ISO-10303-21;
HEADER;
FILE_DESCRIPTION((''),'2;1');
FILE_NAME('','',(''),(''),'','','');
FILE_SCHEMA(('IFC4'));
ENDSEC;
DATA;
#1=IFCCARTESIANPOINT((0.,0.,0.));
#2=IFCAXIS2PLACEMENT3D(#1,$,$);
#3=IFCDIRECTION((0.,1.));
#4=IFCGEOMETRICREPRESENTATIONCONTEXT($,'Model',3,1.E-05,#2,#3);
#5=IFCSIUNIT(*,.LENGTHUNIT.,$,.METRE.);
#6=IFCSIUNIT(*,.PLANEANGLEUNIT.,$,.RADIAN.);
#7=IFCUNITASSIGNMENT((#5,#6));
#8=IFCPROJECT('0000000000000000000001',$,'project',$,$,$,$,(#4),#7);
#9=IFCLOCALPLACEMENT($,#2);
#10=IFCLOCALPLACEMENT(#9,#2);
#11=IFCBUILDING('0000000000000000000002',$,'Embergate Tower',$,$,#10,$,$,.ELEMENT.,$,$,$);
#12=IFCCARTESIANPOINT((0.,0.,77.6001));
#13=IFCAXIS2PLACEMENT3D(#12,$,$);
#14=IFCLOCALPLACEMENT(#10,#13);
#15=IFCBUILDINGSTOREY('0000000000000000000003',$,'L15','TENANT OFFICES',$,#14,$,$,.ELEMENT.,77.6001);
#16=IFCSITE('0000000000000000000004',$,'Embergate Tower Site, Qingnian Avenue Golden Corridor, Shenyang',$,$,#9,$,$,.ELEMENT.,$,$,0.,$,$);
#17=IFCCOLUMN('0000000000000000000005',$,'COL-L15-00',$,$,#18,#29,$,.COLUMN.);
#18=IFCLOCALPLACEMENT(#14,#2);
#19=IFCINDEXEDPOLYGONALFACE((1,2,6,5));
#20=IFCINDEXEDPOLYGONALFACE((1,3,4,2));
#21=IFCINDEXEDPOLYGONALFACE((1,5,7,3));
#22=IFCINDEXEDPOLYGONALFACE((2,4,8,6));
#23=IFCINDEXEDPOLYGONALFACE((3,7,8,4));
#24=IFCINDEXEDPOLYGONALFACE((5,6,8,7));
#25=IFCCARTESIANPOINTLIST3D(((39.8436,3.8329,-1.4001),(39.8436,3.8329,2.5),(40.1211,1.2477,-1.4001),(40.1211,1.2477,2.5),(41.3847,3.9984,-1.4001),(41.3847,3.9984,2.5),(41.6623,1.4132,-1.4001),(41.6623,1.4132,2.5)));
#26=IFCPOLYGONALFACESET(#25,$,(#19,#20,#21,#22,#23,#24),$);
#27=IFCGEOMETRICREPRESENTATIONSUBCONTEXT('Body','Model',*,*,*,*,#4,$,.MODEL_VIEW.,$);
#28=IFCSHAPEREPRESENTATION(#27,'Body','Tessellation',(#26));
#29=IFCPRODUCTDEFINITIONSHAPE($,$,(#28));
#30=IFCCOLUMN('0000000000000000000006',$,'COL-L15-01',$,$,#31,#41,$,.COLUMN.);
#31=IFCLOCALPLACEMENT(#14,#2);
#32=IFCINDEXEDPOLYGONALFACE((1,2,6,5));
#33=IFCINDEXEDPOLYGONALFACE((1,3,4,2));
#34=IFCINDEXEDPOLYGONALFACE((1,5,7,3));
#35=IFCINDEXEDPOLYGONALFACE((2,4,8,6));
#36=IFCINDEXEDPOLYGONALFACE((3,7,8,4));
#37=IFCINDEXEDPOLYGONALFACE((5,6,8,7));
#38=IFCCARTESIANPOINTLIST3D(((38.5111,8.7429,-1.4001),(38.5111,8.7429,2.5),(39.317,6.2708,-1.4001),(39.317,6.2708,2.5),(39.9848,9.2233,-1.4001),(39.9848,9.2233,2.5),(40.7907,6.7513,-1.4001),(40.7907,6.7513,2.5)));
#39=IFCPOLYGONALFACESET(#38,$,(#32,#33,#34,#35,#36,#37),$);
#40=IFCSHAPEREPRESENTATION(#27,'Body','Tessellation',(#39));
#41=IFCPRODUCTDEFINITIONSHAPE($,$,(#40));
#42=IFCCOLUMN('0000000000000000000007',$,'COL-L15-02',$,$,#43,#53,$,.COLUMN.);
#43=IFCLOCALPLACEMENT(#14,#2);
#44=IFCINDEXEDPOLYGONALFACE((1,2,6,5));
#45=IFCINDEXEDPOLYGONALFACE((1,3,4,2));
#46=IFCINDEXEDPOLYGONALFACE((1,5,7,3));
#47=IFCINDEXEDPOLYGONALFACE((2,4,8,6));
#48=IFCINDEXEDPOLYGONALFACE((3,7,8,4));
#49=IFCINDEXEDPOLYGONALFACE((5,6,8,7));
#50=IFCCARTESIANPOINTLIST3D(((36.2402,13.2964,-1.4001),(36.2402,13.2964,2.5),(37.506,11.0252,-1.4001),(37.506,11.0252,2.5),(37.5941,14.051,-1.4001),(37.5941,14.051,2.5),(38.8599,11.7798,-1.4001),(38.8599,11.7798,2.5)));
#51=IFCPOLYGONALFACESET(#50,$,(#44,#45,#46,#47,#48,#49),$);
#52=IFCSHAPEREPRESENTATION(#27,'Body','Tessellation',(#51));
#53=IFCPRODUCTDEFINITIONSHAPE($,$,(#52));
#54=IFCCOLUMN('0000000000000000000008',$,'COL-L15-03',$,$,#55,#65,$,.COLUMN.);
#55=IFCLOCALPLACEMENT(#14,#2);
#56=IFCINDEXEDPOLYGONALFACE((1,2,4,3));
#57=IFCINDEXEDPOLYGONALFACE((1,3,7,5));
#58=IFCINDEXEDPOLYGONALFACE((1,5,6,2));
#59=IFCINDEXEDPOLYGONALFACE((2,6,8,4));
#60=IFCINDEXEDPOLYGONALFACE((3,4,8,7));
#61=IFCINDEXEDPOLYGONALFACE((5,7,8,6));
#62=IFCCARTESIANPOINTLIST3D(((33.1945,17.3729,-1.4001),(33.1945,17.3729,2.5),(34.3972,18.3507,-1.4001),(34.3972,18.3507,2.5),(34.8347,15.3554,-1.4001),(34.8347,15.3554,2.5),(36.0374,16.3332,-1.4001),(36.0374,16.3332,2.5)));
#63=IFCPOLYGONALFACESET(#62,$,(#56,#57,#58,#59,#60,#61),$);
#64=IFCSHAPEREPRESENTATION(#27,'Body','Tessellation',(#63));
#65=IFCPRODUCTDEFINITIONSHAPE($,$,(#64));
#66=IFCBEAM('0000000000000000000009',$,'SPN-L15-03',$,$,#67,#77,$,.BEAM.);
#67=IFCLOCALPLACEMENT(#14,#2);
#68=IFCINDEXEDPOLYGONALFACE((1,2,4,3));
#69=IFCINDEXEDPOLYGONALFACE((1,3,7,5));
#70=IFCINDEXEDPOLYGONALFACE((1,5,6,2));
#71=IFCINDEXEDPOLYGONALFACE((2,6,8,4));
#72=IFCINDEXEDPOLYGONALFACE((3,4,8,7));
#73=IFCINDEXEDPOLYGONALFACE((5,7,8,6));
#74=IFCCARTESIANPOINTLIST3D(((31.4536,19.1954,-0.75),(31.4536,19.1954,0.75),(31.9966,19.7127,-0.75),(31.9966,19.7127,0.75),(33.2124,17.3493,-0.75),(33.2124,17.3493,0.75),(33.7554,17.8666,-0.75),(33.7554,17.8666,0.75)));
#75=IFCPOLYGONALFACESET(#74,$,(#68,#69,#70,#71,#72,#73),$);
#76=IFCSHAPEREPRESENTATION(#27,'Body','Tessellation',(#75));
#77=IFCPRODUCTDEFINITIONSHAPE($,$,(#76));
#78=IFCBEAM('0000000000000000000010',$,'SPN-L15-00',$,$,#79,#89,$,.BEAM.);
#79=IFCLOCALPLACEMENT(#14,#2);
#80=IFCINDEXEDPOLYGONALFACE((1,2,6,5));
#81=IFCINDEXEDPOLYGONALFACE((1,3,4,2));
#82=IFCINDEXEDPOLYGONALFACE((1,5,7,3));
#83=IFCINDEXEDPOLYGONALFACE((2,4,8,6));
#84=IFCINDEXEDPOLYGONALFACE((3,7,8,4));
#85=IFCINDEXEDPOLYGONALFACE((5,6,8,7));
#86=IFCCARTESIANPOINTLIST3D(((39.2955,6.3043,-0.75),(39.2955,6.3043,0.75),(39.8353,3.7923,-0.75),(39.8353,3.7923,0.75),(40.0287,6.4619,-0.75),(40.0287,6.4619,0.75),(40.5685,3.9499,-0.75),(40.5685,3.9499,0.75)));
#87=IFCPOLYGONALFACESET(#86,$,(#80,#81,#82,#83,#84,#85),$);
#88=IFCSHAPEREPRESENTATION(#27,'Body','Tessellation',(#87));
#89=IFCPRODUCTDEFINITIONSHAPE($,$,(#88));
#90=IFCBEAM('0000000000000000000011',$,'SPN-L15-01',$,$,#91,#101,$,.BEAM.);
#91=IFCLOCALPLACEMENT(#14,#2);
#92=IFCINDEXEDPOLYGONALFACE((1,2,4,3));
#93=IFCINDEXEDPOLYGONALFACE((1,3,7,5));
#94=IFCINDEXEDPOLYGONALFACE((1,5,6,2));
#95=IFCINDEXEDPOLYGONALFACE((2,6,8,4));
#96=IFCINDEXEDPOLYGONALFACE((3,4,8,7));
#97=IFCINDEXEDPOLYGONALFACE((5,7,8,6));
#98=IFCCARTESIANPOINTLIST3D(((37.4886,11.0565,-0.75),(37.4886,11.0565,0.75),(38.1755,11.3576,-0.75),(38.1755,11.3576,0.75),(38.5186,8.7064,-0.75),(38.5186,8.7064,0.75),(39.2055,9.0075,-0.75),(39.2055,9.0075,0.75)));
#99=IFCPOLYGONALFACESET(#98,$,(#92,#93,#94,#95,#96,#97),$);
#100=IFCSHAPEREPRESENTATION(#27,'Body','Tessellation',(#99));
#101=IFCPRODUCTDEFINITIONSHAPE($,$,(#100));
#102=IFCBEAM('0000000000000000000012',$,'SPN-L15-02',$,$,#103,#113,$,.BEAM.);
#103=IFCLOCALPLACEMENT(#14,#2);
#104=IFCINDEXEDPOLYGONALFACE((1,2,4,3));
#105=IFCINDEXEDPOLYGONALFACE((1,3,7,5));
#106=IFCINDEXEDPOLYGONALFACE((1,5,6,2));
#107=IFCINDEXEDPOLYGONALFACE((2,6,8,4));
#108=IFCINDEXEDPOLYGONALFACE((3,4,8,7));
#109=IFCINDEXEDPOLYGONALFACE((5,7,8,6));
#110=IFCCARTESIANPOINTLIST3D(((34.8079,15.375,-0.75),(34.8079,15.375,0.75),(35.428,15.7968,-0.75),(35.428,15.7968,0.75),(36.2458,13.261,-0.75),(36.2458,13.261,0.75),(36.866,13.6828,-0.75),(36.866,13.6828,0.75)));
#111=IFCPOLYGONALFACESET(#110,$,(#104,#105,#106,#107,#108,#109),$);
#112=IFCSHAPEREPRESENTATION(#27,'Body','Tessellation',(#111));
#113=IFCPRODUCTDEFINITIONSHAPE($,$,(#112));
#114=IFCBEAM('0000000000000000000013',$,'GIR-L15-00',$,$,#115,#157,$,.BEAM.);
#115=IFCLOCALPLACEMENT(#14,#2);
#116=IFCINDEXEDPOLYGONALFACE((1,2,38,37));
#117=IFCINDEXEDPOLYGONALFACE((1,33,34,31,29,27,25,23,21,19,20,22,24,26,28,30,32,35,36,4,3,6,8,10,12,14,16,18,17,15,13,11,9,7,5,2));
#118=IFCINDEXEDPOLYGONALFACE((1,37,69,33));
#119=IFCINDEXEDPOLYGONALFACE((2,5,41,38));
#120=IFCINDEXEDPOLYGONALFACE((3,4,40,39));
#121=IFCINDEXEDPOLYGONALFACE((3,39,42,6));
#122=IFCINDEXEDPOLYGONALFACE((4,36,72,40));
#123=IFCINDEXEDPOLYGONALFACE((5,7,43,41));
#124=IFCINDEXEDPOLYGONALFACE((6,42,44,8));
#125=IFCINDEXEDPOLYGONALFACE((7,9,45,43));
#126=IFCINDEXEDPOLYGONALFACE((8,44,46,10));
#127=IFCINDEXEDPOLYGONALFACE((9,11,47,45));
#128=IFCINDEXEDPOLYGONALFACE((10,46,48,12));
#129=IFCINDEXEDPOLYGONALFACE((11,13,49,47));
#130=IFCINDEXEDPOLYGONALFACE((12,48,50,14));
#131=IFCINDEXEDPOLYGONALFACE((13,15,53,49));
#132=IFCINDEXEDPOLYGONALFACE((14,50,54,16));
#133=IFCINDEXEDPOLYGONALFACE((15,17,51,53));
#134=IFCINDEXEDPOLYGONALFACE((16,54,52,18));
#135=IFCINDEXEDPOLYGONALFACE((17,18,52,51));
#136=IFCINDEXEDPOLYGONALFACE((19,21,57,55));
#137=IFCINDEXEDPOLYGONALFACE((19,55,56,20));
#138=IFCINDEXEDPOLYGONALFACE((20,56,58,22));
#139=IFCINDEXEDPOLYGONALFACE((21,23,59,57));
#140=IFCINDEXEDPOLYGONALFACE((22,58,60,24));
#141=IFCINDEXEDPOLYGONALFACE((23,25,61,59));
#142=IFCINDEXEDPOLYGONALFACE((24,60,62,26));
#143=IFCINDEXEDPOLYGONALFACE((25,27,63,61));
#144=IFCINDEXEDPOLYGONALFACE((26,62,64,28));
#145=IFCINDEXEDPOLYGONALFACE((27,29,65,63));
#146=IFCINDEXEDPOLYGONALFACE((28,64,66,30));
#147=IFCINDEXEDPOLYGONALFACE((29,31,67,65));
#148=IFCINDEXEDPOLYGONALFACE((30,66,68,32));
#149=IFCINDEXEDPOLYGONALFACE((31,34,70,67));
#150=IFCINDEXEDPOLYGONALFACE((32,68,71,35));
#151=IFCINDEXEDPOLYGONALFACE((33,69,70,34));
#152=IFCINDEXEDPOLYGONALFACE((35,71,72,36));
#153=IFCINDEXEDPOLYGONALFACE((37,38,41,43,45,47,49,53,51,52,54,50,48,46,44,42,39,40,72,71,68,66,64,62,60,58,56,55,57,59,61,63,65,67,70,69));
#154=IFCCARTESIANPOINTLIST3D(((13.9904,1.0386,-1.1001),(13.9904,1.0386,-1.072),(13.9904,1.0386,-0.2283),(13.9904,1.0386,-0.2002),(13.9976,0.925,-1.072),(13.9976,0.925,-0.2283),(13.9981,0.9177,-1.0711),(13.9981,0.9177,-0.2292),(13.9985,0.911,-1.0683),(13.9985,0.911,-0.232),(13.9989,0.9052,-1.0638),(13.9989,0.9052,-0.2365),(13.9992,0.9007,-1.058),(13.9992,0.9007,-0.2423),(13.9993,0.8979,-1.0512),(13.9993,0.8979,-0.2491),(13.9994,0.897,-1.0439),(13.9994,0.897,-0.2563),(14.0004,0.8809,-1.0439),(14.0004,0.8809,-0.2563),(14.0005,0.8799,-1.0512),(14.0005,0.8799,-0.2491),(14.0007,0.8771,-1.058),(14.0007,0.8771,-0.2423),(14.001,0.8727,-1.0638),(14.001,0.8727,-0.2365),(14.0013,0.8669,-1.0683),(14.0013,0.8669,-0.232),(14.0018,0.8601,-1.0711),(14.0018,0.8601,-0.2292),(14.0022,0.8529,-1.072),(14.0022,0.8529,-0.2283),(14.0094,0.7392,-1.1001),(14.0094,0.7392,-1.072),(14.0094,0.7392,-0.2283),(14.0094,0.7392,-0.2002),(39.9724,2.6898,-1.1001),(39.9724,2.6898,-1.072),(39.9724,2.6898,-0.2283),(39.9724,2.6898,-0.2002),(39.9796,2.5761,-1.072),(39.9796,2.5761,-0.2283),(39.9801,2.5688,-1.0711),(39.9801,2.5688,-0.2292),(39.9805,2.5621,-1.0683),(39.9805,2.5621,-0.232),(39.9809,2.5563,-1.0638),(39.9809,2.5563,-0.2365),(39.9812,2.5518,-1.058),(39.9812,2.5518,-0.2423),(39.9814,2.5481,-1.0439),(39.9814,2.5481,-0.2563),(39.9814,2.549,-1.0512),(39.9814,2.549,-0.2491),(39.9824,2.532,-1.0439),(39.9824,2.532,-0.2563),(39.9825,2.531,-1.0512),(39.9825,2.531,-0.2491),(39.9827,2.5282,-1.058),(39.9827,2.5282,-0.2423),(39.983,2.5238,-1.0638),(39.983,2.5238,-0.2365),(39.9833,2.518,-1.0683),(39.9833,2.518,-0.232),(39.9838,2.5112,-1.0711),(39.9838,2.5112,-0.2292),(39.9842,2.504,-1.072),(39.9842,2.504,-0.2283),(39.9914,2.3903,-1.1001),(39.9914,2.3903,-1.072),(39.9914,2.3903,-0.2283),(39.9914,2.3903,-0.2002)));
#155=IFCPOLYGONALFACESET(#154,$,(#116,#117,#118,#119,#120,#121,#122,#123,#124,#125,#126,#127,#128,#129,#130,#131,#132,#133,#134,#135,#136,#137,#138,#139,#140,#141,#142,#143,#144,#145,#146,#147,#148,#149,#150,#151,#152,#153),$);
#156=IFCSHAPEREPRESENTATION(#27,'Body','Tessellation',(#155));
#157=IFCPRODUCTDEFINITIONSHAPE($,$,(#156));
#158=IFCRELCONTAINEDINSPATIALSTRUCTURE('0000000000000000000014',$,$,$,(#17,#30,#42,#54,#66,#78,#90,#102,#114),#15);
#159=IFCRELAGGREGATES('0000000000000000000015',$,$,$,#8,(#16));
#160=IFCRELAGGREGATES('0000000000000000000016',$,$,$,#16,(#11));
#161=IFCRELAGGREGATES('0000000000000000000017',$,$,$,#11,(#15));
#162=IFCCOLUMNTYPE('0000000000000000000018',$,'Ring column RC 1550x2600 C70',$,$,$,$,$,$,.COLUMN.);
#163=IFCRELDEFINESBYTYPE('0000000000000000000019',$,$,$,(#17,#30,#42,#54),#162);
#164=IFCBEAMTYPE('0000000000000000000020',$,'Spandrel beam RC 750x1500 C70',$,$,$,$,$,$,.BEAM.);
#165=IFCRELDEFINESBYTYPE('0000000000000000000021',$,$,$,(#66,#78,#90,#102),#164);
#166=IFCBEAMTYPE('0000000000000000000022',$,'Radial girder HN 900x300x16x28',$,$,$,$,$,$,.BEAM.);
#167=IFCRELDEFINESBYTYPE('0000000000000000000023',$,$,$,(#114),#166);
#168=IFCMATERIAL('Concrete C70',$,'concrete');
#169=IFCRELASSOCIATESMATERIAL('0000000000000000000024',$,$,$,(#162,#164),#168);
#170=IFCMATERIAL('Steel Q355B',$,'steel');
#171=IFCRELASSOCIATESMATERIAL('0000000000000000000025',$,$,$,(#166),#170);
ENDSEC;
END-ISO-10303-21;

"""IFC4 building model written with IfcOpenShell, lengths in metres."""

from ifc_helpers import new_model, si_unit, direction, frame, origin, origin_2d, place, context, subcontext, project, spatial, rectangle, i_section, extrude, source, transform, mapped, material, material_profile, profile_set, type_object, element, save


model = new_model("IFC4")

# Units and contexts
model_context = context("Model", 3, precision=1e-05, world=origin(), true_north=direction((0.0, 1.0)))
body_context = subcontext(model_context, "Body", "Model", "MODEL_VIEW")
ifc_project = project(units=[si_unit("LENGTHUNIT", "METRE"), si_unit("PLANEANGLEUNIT", "RADIAN")], contexts=[model_context])

# Site, building, storey
site_placement = place(None, origin())
site = spatial("IfcSite", under=ifc_project, at=site_placement, Name="Embergate Tower Site, Qingnian Avenue Golden Corridor, Shenyang", CompositionType="ELEMENT", RefElevation=0.0)
building_placement = place(site_placement, origin())
building = spatial("IfcBuilding", under=site, at=building_placement, Name="Embergate Tower", CompositionType="ELEMENT")
storey_placement = place(building_placement, frame((0.0, 0.0, 77.6001)))
storey = spatial("IfcBuildingStorey", under=building, at=storey_placement, Name="L15", Description="TENANT OFFICES", CompositionType="ELEMENT", Elevation=77.6001)

# Columns
ifc_material_1 = material(Name="Concrete C70", Category="concrete")
ifc_material_profile_1 = material_profile(ifc_material_1, rectangle(XDim=1.55, YDim=2.6001, at=origin_2d()), Name="RC 1550x2600")
ifc_profile_set_1 = profile_set([ifc_material_profile_1], Name="Concrete C70")
column_type = type_object("IfcColumnType", Name="Ring column RC 1550x2600 C70", PredefinedType="COLUMN", material=ifc_profile_set_1)
shared_shape_1 = source(origin(), body_context, "Body", "SweptSolid", [
    extrude(rectangle(XDim=1.55, YDim=2.6001, at=origin_2d()), origin(), (0.0, 0.0, 1.0), 3.9001),
])
for number, where, z_axis, x_axis, name in (
    (1, (40.7529, 2.623, -1.4001), (0.0, 0.0, 1.0), (0.994286, 0.10675, 0.0), "COL-L15-00"),
    (2, (39.6509, 7.7471, -1.4001), (0.0, 0.0, 1.0), (0.950754, 0.309946, 0.0), "COL-L15-01"),
    (3, (37.55, 12.5381, -1.4001), (0.0, 0.0, 1.0), (0.8735, 0.486823, 0.0), "COL-L15-02"),
    (4, (34.616, 16.853, -1.4001), (0.0, 0.0, 1.0), (0.775925, 0.630825, 0.0), "COL-L15-03"),
):
    element("IfcColumn", number, at=place(storey_placement, frame(where, z_axis=z_axis, x_axis=x_axis)), inside=storey, type_object=column_type, Name=name, PredefinedType="COLUMN", context=body_context, shape_type="MappedRepresentation", body=[
        mapped(shared_shape_1, transform((0.0, 0.0, 0.0))),
    ])

# Beams
ifc_material_profile_2 = material_profile(ifc_material_1, rectangle(XDim=0.75, YDim=1.5, at=origin_2d()), Name="RC 750x1500")
ifc_profile_set_2 = profile_set([ifc_material_profile_2], Name="Concrete C70")
beam_type_1 = type_object("IfcBeamType", Name="Spandrel beam RC 750x1500 C70", PredefinedType="BEAM", material=ifc_profile_set_2)
shared_shape_2 = source(origin(), body_context, "Body", "SweptSolid", [
    extrude(rectangle(XDim=0.75, YDim=1.5, at=origin_2d()), origin(), (0.0, 0.0, 1.0), 2.5498),
])
beam_1_placement = place(storey_placement, frame((33.4839, 17.6079, 0.0), z_axis=(-0.68976, 0.724038, 0.0), x_axis=(-0.724038, -0.68976, 0.0)))
element("IfcBeam", 5, at=beam_1_placement, inside=storey, type_object=beam_type_1, Name="SPN-L15-03", PredefinedType="BEAM", context=body_context, shape_type="MappedRepresentation", body=[
    mapped(shared_shape_2, transform((0.0, 0.0, 0.0))),
])
shared_shape_3 = source(origin(), body_context, "Body", "SweptSolid", [
    extrude(rectangle(XDim=0.75, YDim=1.5, at=origin_2d()), origin(), (0.0, 0.0, 1.0), 2.5693),
])
beam_2_placement = place(storey_placement, frame((40.2019, 3.8711, 0.0), z_axis=(-0.210094, 0.977681, 0.0), x_axis=(-0.977681, -0.210094, 0.0)))
element("IfcBeam", 6, at=beam_2_placement, inside=storey, type_object=beam_type_1, Name="SPN-L15-00", PredefinedType="BEAM", context=body_context, shape_type="MappedRepresentation", body=[
    mapped(shared_shape_3, transform((0.0, 0.0, 0.0))),
])
shared_shape_4 = source(origin(), body_context, "Body", "SweptSolid", [
    extrude(rectangle(XDim=0.75, YDim=1.5, at=origin_2d()), origin(), (0.0, 0.0, 1.0), 2.5659),
])
beam_3_placement = place(storey_placement, frame((38.8621, 8.8569, 0.0), z_axis=(-0.401428, 0.915891, 0.0), x_axis=(-0.915891, -0.401428, 0.0)))
element("IfcBeam", 7, at=beam_3_placement, inside=storey, type_object=beam_type_1, Name="SPN-L15-01", PredefinedType="BEAM", context=body_context, shape_type="MappedRepresentation", body=[
    mapped(shared_shape_4, transform((0.0, 0.0, 0.0))),
])
shared_shape_5 = source(origin(), body_context, "Body", "SweptSolid", [
    extrude(rectangle(XDim=0.75, YDim=1.5, at=origin_2d()), origin(), (0.0, 0.0, 1.0), 2.5566),
])
beam_4_placement = place(storey_placement, frame((36.5559, 13.4719, 0.0), z_axis=(-0.562433, 0.826843, 0.0), x_axis=(-0.826843, -0.562433, 0.0)))
element("IfcBeam", 8, at=beam_4_placement, inside=storey, type_object=beam_type_1, Name="SPN-L15-02", PredefinedType="BEAM", context=body_context, shape_type="MappedRepresentation", body=[
    mapped(shared_shape_5, transform((0.0, 0.0, 0.0))),
])
ifc_material_2 = material(Name="Steel Q355B", Category="steel")
ifc_material_profile_3 = material_profile(ifc_material_2, i_section(OverallWidth=0.3, OverallDepth=0.8999, WebThickness=0.0161, FlangeThickness=0.0281, FilletRadius=0.0281, at=origin_2d()), Name="HN 900x300x16x28")
ifc_profile_set_3 = profile_set([ifc_material_profile_3], Name="Steel Q355 grade B")
beam_type_2 = type_object("IfcBeamType", Name="Radial girder HN 900x300x16x28", PredefinedType="BEAM", material=ifc_profile_set_3)
shared_shape_6 = source(origin(), body_context, "Body", "SweptSolid", [
    extrude(i_section(OverallWidth=0.3, OverallDepth=0.8999, WebThickness=0.0161, FlangeThickness=0.0281, FilletRadius=0.0281, at=origin_2d()), origin(), (0.0, 0.0, 1.0), 26.0344),
])
beam_5_placement = place(storey_placement, frame((39.9819, 2.54, -0.6501), z_axis=(-0.997987, -0.063421, 0.0), x_axis=(0.063421, -0.997987, 0.0)))
element("IfcBeam", 9, at=beam_5_placement, inside=storey, type_object=beam_type_2, Name="GIR-L15-00", PredefinedType="BEAM", context=body_context, shape_type="MappedRepresentation", body=[
    mapped(shared_shape_6, transform((0.0, 0.0, 0.0))),
])

save(model, "model.ifc")
